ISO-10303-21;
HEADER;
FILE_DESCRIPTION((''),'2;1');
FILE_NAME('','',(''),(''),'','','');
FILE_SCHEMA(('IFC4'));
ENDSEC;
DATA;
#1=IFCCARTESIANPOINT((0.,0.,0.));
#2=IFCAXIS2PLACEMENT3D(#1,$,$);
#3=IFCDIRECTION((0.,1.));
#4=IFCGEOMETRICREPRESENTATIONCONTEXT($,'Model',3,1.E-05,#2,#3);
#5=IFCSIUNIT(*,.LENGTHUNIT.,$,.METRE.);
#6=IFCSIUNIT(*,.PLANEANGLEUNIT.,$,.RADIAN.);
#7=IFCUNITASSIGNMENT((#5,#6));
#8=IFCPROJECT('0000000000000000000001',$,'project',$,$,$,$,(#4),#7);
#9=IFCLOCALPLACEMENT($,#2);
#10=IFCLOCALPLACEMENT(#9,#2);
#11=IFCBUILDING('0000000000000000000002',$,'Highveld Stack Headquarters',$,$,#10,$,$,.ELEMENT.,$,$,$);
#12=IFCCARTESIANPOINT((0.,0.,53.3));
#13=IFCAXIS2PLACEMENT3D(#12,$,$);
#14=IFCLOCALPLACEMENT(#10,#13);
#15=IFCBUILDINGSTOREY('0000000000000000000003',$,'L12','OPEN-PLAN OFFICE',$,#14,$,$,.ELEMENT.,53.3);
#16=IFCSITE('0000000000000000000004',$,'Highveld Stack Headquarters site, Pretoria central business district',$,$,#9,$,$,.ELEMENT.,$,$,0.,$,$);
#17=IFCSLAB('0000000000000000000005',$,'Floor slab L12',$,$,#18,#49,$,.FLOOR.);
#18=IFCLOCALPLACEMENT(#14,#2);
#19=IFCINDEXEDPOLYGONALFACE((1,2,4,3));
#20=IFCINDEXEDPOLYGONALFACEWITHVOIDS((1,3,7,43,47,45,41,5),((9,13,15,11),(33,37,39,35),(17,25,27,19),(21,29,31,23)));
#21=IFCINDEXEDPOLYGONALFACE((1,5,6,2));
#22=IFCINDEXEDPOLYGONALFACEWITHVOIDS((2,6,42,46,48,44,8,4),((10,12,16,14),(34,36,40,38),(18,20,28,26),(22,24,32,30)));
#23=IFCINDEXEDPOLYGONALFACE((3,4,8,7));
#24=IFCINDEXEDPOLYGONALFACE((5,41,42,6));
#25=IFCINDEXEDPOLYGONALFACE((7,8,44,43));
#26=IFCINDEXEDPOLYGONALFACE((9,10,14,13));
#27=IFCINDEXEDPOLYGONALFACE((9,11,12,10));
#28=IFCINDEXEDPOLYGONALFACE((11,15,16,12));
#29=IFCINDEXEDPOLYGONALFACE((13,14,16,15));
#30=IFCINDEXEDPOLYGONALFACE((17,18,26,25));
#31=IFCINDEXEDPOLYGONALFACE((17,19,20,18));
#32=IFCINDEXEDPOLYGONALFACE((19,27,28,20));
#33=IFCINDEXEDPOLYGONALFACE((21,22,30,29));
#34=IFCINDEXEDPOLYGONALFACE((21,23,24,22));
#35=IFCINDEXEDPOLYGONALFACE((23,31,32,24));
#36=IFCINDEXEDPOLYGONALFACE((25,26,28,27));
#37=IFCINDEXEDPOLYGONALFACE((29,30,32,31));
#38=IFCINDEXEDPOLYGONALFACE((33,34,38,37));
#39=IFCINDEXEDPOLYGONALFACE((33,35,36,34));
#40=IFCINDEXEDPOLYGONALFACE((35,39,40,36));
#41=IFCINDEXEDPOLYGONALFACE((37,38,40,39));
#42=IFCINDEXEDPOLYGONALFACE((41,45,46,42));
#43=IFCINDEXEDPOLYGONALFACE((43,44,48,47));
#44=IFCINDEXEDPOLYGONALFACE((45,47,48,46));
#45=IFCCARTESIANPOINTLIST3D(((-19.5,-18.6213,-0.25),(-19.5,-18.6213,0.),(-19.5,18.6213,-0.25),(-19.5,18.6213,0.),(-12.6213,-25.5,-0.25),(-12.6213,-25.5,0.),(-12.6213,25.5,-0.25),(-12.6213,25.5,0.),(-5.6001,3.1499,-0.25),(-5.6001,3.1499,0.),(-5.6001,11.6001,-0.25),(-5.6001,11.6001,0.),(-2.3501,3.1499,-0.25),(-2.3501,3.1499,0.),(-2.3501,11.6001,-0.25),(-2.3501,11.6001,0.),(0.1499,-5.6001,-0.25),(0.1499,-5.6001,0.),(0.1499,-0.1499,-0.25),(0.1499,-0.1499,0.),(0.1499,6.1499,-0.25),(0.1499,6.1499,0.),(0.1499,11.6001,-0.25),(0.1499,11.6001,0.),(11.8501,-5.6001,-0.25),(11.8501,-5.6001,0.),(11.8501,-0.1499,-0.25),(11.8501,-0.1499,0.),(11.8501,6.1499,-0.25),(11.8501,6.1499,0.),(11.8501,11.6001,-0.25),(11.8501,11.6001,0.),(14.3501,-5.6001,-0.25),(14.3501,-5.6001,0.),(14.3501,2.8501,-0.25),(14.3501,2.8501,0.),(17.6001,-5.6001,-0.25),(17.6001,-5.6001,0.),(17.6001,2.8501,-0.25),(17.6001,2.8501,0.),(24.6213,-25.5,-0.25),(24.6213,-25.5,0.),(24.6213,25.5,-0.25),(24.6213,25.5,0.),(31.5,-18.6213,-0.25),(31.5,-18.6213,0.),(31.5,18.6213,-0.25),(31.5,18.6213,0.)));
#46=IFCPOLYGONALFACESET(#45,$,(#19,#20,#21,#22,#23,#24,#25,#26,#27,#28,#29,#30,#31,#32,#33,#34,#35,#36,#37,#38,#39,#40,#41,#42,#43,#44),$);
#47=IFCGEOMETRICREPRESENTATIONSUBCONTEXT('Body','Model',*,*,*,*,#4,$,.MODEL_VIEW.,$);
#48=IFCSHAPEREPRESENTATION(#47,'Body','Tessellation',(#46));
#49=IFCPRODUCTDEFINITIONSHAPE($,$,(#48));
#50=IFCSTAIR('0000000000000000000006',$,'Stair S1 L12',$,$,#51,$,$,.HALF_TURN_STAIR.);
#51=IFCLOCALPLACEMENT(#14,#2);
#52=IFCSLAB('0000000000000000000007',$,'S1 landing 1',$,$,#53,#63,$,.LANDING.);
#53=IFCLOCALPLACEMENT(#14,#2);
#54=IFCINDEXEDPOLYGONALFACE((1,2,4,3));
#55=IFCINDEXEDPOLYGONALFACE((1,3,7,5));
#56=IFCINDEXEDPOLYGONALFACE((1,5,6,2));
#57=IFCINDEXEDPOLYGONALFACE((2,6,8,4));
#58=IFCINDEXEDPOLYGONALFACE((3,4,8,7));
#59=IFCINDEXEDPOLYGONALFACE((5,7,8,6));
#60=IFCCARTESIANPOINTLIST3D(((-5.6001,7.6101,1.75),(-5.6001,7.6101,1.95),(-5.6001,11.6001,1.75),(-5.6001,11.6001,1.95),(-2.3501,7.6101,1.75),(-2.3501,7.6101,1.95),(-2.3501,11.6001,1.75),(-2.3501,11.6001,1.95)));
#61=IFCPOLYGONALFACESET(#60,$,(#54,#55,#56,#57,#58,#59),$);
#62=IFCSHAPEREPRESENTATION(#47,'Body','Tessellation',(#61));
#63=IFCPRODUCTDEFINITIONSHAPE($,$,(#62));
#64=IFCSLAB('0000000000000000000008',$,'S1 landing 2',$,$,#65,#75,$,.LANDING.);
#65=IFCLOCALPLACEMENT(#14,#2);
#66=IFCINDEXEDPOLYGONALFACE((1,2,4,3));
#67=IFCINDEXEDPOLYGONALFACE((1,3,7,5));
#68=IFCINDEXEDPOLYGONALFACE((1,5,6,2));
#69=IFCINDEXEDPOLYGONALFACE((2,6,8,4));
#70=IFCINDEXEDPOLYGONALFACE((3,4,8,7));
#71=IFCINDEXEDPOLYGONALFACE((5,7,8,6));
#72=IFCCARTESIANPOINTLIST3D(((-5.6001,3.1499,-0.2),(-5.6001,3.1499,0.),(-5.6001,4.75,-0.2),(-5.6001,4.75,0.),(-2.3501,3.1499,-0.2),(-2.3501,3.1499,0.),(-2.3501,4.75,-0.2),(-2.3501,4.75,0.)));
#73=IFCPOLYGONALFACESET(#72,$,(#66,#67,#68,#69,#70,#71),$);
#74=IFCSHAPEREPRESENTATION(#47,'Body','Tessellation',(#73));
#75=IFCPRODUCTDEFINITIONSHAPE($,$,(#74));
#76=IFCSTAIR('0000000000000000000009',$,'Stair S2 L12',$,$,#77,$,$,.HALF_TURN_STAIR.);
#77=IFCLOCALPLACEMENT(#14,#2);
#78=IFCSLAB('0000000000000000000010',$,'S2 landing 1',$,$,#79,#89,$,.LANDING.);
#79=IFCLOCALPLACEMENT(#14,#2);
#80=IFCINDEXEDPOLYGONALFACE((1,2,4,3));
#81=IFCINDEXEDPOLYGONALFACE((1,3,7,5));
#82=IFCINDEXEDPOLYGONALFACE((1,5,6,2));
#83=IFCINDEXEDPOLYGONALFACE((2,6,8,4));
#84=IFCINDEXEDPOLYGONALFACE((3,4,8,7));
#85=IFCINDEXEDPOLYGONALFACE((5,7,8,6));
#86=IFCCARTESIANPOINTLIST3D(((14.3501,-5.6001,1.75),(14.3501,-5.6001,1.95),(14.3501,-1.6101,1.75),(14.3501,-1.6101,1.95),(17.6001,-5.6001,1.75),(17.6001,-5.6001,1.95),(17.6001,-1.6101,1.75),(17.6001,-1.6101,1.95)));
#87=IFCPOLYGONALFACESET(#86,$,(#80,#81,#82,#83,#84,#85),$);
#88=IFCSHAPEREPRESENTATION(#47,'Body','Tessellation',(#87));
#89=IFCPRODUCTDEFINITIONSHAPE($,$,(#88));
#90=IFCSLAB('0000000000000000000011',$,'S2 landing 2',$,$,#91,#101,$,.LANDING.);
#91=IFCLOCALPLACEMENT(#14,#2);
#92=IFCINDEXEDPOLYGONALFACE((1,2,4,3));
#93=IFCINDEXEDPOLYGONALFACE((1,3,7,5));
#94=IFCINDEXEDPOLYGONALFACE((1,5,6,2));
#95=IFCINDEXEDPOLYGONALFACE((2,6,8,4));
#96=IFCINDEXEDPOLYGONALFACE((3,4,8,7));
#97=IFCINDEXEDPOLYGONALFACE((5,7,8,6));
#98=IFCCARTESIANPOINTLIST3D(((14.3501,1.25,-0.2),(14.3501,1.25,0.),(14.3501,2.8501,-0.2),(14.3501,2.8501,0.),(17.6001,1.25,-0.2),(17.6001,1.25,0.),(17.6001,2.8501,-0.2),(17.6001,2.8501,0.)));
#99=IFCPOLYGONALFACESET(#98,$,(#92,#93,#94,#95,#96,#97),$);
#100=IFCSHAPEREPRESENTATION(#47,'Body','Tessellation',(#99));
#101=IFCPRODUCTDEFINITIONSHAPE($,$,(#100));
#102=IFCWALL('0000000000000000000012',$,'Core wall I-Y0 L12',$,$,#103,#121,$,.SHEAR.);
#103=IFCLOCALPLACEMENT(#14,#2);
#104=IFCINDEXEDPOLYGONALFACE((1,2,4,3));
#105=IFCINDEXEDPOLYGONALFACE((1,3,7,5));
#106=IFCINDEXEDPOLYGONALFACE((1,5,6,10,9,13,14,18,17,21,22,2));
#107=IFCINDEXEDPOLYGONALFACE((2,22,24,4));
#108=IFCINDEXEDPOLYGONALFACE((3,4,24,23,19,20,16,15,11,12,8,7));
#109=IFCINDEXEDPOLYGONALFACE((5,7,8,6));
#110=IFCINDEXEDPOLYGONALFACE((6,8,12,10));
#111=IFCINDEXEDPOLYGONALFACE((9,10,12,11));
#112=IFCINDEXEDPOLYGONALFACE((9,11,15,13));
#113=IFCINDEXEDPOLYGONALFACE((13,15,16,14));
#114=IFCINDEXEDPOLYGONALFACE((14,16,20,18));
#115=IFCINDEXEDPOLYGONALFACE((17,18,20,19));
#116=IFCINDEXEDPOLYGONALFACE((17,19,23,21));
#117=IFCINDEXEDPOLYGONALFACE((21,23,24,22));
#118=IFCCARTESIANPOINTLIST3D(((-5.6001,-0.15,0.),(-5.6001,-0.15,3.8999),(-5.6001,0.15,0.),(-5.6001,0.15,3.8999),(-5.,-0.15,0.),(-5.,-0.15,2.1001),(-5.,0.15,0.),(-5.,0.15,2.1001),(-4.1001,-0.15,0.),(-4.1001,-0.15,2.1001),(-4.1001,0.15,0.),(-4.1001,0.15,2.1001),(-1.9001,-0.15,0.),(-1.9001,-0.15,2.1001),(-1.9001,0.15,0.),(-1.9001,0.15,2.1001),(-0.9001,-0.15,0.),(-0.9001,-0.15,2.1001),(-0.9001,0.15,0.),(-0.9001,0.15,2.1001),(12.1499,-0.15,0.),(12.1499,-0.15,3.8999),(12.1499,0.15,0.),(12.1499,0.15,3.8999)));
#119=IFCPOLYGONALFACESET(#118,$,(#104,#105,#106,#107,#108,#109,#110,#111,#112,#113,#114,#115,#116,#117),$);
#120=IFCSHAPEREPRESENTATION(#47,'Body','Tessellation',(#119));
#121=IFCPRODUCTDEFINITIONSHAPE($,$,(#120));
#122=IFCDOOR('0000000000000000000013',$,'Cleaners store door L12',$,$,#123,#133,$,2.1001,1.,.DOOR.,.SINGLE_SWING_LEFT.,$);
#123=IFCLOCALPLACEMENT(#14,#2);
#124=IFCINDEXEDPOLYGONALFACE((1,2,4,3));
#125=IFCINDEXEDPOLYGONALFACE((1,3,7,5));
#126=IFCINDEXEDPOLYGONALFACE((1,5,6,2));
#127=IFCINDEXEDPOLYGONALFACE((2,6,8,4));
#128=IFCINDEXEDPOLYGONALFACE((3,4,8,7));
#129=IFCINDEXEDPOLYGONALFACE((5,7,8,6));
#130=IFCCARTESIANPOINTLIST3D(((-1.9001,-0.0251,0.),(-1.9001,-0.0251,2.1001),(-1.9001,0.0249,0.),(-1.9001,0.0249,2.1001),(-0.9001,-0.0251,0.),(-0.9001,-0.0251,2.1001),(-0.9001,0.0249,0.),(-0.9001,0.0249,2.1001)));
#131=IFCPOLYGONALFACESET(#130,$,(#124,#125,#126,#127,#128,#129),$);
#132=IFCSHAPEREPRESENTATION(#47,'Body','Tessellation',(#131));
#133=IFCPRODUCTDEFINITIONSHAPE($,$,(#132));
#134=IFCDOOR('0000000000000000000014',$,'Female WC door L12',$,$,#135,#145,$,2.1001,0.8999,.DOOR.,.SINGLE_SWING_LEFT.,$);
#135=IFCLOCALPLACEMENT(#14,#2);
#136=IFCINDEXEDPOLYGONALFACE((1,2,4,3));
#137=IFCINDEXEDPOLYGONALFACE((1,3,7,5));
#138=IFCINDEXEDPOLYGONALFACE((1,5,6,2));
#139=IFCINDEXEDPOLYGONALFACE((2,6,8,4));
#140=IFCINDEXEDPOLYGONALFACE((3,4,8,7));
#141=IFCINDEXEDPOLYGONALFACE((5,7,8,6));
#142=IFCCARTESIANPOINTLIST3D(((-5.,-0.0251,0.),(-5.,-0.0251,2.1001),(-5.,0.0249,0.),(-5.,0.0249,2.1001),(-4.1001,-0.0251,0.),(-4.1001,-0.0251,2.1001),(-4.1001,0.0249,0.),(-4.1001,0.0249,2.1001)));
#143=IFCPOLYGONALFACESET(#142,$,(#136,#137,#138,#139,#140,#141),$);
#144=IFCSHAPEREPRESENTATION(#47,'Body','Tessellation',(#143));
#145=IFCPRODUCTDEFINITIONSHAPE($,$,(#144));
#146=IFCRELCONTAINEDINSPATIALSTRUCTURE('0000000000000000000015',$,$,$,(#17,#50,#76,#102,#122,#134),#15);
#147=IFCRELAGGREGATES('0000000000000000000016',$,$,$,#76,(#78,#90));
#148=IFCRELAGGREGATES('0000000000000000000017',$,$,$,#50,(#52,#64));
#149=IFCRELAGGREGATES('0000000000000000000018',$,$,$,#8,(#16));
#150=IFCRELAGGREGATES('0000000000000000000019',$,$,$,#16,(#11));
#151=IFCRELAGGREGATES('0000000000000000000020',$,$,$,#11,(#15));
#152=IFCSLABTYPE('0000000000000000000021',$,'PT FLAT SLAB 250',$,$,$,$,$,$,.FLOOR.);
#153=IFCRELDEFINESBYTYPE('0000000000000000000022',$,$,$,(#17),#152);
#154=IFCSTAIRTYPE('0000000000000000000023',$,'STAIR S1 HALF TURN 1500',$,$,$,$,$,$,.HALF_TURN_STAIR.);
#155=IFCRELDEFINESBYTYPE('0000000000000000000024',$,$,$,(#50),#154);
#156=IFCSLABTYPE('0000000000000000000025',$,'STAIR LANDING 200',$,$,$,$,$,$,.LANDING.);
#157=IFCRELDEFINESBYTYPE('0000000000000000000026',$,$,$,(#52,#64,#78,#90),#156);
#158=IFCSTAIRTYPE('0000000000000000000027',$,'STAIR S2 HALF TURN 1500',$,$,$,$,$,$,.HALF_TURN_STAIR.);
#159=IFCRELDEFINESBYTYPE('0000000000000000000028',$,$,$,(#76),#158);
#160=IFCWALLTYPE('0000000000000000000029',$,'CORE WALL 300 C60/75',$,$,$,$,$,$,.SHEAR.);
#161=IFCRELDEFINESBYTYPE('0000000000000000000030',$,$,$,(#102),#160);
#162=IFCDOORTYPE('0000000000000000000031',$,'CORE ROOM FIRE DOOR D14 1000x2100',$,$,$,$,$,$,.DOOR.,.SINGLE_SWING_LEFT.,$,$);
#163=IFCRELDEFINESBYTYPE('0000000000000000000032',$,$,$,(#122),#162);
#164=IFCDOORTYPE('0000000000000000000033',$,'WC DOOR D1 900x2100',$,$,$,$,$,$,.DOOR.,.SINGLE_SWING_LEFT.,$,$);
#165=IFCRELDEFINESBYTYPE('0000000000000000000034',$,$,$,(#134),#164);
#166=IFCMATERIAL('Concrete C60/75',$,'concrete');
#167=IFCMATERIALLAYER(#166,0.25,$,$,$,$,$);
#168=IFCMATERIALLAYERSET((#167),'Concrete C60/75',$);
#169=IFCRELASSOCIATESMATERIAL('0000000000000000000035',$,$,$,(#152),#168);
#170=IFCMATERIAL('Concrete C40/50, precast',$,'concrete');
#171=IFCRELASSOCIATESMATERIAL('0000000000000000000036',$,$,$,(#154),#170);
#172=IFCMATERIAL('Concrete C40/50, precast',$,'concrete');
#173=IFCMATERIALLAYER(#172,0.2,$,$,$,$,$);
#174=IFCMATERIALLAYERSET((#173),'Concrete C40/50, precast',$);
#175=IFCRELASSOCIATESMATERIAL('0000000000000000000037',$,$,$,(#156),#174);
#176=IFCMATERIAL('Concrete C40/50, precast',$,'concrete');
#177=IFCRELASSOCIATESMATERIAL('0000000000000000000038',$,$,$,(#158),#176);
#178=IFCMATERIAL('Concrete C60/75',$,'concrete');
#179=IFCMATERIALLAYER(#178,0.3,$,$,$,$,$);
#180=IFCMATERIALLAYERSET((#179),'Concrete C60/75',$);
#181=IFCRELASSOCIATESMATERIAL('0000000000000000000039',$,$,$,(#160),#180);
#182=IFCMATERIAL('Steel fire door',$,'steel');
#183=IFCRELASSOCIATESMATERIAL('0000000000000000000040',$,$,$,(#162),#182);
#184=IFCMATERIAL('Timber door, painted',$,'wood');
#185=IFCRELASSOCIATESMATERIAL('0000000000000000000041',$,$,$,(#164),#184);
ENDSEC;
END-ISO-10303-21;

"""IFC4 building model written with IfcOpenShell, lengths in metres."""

from ifc_helpers import new_model, si_unit, direction, frame, frame_2d, origin, place, context, subcontext, project, spatial, polyline, rectangle, outline, extrude, material, layer, layer_set, type_object, element, fill, aggregate, save


model = new_model("IFC4")

# Units and contexts
model_context = context("Model", 3, precision=1e-05, world=origin(), true_north=direction((0.0, 1.0)))
body_context = subcontext(model_context, "Body", "Model", "MODEL_VIEW")
ifc_project = project(units=[si_unit("LENGTHUNIT", "METRE"), si_unit("PLANEANGLEUNIT", "RADIAN")], contexts=[model_context])

# Site, building, storey
site_placement = place(None, origin())
site = spatial("IfcSite", under=ifc_project, at=site_placement, Name="Highveld Stack Headquarters site, Pretoria central business district", CompositionType="ELEMENT", RefElevation=0.0)
building_placement = place(site_placement, origin())
building = spatial("IfcBuilding", under=site, at=building_placement, Name="Highveld Stack Headquarters", CompositionType="ELEMENT")
storey_placement = place(building_placement, frame((0.0, 0.0, 53.3)))
storey = spatial("IfcBuildingStorey", under=building, at=storey_placement, Name="L12", Description="OPEN-PLAN OFFICE", CompositionType="ELEMENT", Elevation=53.3)

# Slab
ifc_material_1 = material(Name="Concrete C60/75", Category="concrete")
ifc_layer_1 = layer(ifc_material_1, 0.25)
ifc_layer_set_1 = layer_set([ifc_layer_1], Name="Concrete C60/75")
slab_type_1 = type_object("IfcSlabType", Name="PT FLAT SLAB 250", PredefinedType="FLOOR", material=ifc_layer_set_1)
slab_1_placement = place(storey_placement, frame((0.0, 0.0, -0.25)))
element("IfcSlab", 1, at=slab_1_placement, inside=storey, type_object=slab_type_1, Name="Floor slab L12", PredefinedType="FLOOR", context=body_context, shape_type="SweptSolid", body=[
    extrude(outline(polyline([(-12.6213, -25.5), (24.6213, -25.5), (31.5, -18.6213), (31.5, 18.6213), (24.6213, 25.5), (-12.6213, 25.5), (-19.5, 18.6213), (-19.5, -18.6213), (-12.6213, -25.5)]), holes=[polyline([(0.1499, 6.1499), (11.8501, 6.1499), (11.8501, 11.6001), (0.1499, 11.6001), (0.1499, 6.1499)]), polyline([(0.1499, -5.6001), (11.8501, -5.6001), (11.8501, -0.1499), (0.1499, -0.1499), (0.1499, -5.6001)]), polyline([(-5.6001, 3.1499), (-2.3501, 3.1499), (-2.3501, 11.6001), (-5.6001, 11.6001), (-5.6001, 3.1499)]), polyline([(14.3501, -5.6001), (17.6001, -5.6001), (17.6001, 2.8501), (14.3501, 2.8501), (14.3501, -5.6001)])]), origin(), (0.0, 0.0, 1.0), 0.25),
])

# Stairs, slabs
ifc_material_2 = material(Name="Concrete C40/50, precast", Category="concrete")
stair_type_1 = type_object("IfcStairType", Name="STAIR S1 HALF TURN 1500", PredefinedType="HALF_TURN_STAIR", material=ifc_material_2)
stair_1_placement = place(storey_placement, origin())
stair_1 = element("IfcStair", 2, at=stair_1_placement, inside=storey, type_object=stair_type_1, Name="Stair S1 L12", PredefinedType="HALF_TURN_STAIR")
ifc_material_3 = material(Name="Concrete C40/50, precast", Category="concrete")
ifc_layer_2 = layer(ifc_material_3, 0.2)
ifc_layer_set_2 = layer_set([ifc_layer_2], Name="Concrete C40/50, precast")
slab_type_2 = type_object("IfcSlabType", Name="STAIR LANDING 200", PredefinedType="LANDING", material=ifc_layer_set_2)
slab_2_placement = place(storey_placement, frame((0.0, 0.0, 1.75)))
slab_2 = element("IfcSlab", 3, at=slab_2_placement, type_object=slab_type_2, Name="S1 landing 1", PredefinedType="LANDING", context=body_context, shape_type="SweptSolid", body=[
    extrude(outline(polyline([(-5.6001, 7.6101), (-2.3501, 7.6101), (-2.3501, 11.6001), (-5.6001, 11.6001), (-5.6001, 7.6101)])), origin(), (0.0, 0.0, 1.0), 0.2),
])
slab_3_placement = place(storey_placement, frame((0.0, 0.0, -0.2)))
slab_3 = element("IfcSlab", 4, at=slab_3_placement, type_object=slab_type_2, Name="S1 landing 2", PredefinedType="LANDING", context=body_context, shape_type="SweptSolid", body=[
    extrude(outline(polyline([(-5.6001, 3.1499), (-2.3501, 3.1499), (-2.3501, 4.75), (-5.6001, 4.75), (-5.6001, 3.1499)])), origin(), (0.0, 0.0, 1.0), 0.2),
])
ifc_material_4 = material(Name="Concrete C40/50, precast", Category="concrete")
stair_type_2 = type_object("IfcStairType", Name="STAIR S2 HALF TURN 1500", PredefinedType="HALF_TURN_STAIR", material=ifc_material_4)
stair_2_placement = place(storey_placement, origin())
stair_2 = element("IfcStair", 5, at=stair_2_placement, inside=storey, type_object=stair_type_2, Name="Stair S2 L12", PredefinedType="HALF_TURN_STAIR")
slab_4_placement = place(storey_placement, frame((0.0, 0.0, 1.75)))
slab_4 = element("IfcSlab", 6, at=slab_4_placement, type_object=slab_type_2, Name="S2 landing 1", PredefinedType="LANDING", context=body_context, shape_type="SweptSolid", body=[
    extrude(outline(polyline([(14.3501, -5.6001), (17.6001, -5.6001), (17.6001, -1.6101), (14.3501, -1.6101), (14.3501, -5.6001)])), origin(), (0.0, 0.0, 1.0), 0.2),
])
slab_5_placement = place(storey_placement, frame((0.0, 0.0, -0.2)))
slab_5 = element("IfcSlab", 7, at=slab_5_placement, type_object=slab_type_2, Name="S2 landing 2", PredefinedType="LANDING", context=body_context, shape_type="SweptSolid", body=[
    extrude(outline(polyline([(14.3501, 1.25), (17.6001, 1.25), (17.6001, 2.8501), (14.3501, 2.8501), (14.3501, 1.25)])), origin(), (0.0, 0.0, 1.0), 0.2),
])
aggregate(stair_2, [slab_4, slab_5])

# Wall, openings, doors
ifc_material_5 = material(Name="Concrete C60/75", Category="concrete")
ifc_layer_3 = layer(ifc_material_5, 0.3)
ifc_layer_set_3 = layer_set([ifc_layer_3], Name="Concrete C60/75")
wall_type = type_object("IfcWallType", Name="CORE WALL 300 C60/75", PredefinedType="SHEAR", material=ifc_layer_set_3)
wall_1_placement = place(storey_placement, frame((-5.6001, 0.0, 0.0), z_axis=(0.0, 0.0, 1.0), x_axis=(1.0, 0.0, 0.0)))
wall_1 = element("IfcWall", 8, at=wall_1_placement, inside=storey, type_object=wall_type, Name="Core wall I-Y0 L12", PredefinedType="SHEAR", context=body_context, shape_type="SweptSolid", body=[
    extrude(rectangle(XDim=17.75, YDim=0.3, at=frame_2d((8.875, 0.0))), origin(), (0.0, 0.0, 1.0), 3.8999),
])
opening_1_placement = place(wall_1_placement, frame((0.6001, 0.0, 0.0)))
opening_1 = element("IfcOpeningElement", 9, at=opening_1_placement, cuts=wall_1, PredefinedType="OPENING", context=body_context, shape_type="SweptSolid", body=[
    extrude(rectangle(XDim=0.8999, YDim=2.1001, at=frame_2d((0.45, 1.05))), frame((0.0, 0.1599, 0.0), z_axis=(0.0, -1.0, 0.0), x_axis=(1.0, 0.0, 0.0)), (0.0, 0.0, 1.0), 0.3201),
])
opening_2_placement = place(wall_1_placement, frame((3.7, 0.0, 0.0)))
opening_2 = element("IfcOpeningElement", 10, at=opening_2_placement, cuts=wall_1, PredefinedType="OPENING", context=body_context, shape_type="SweptSolid", body=[
    extrude(rectangle(XDim=1.0, YDim=2.1001, at=frame_2d((0.5, 1.05))), frame((0.0, 0.1599, 0.0), z_axis=(0.0, -1.0, 0.0), x_axis=(1.0, 0.0, 0.0)), (0.0, 0.0, 1.0), 0.3201),
])
ifc_material_6 = material(Name="Steel fire door", Category="steel")
door_type_1 = type_object("IfcDoorType", Name="CORE ROOM FIRE DOOR D14 1000x2100", OperationType="SINGLE_SWING_LEFT", PredefinedType="DOOR", material=ifc_material_6)
door_1_placement = place(opening_2_placement, origin())
door_1 = element("IfcDoor", 11, at=door_1_placement, inside=storey, type_object=door_type_1, Name="Cleaners store door L12", OperationType="SINGLE_SWING_LEFT", OverallHeight=2.1001, OverallWidth=1.0, PredefinedType="DOOR", context=body_context, shape_type="SweptSolid", body=[
    extrude(rectangle(XDim=1.0, YDim=2.1001, at=frame_2d((0.5, 1.05))), frame((0.0, 0.0249, 0.0), z_axis=(0.0, -1.0, 0.0), x_axis=(1.0, 0.0, 0.0)), (0.0, 0.0, 1.0), 0.05),
])
fill(opening_2, door_1)
ifc_material_7 = material(Name="Timber door, painted", Category="wood")
door_type_2 = type_object("IfcDoorType", Name="WC DOOR D1 900x2100", OperationType="SINGLE_SWING_LEFT", PredefinedType="DOOR", material=ifc_material_7)
door_2_placement = place(opening_1_placement, origin())
door_2 = element("IfcDoor", 12, at=door_2_placement, inside=storey, type_object=door_type_2, Name="Female WC door L12", OperationType="SINGLE_SWING_LEFT", OverallHeight=2.1001, OverallWidth=0.8999, PredefinedType="DOOR", context=body_context, shape_type="SweptSolid", body=[
    extrude(rectangle(XDim=0.8999, YDim=2.1001, at=frame_2d((0.45, 1.05))), frame((0.0, 0.0249, 0.0), z_axis=(0.0, -1.0, 0.0), x_axis=(1.0, 0.0, 0.0)), (0.0, 0.0, 1.0), 0.05),
])
fill(opening_1, door_2)

aggregate(stair_1, [slab_2, slab_3])

save(model, "model.ifc")
